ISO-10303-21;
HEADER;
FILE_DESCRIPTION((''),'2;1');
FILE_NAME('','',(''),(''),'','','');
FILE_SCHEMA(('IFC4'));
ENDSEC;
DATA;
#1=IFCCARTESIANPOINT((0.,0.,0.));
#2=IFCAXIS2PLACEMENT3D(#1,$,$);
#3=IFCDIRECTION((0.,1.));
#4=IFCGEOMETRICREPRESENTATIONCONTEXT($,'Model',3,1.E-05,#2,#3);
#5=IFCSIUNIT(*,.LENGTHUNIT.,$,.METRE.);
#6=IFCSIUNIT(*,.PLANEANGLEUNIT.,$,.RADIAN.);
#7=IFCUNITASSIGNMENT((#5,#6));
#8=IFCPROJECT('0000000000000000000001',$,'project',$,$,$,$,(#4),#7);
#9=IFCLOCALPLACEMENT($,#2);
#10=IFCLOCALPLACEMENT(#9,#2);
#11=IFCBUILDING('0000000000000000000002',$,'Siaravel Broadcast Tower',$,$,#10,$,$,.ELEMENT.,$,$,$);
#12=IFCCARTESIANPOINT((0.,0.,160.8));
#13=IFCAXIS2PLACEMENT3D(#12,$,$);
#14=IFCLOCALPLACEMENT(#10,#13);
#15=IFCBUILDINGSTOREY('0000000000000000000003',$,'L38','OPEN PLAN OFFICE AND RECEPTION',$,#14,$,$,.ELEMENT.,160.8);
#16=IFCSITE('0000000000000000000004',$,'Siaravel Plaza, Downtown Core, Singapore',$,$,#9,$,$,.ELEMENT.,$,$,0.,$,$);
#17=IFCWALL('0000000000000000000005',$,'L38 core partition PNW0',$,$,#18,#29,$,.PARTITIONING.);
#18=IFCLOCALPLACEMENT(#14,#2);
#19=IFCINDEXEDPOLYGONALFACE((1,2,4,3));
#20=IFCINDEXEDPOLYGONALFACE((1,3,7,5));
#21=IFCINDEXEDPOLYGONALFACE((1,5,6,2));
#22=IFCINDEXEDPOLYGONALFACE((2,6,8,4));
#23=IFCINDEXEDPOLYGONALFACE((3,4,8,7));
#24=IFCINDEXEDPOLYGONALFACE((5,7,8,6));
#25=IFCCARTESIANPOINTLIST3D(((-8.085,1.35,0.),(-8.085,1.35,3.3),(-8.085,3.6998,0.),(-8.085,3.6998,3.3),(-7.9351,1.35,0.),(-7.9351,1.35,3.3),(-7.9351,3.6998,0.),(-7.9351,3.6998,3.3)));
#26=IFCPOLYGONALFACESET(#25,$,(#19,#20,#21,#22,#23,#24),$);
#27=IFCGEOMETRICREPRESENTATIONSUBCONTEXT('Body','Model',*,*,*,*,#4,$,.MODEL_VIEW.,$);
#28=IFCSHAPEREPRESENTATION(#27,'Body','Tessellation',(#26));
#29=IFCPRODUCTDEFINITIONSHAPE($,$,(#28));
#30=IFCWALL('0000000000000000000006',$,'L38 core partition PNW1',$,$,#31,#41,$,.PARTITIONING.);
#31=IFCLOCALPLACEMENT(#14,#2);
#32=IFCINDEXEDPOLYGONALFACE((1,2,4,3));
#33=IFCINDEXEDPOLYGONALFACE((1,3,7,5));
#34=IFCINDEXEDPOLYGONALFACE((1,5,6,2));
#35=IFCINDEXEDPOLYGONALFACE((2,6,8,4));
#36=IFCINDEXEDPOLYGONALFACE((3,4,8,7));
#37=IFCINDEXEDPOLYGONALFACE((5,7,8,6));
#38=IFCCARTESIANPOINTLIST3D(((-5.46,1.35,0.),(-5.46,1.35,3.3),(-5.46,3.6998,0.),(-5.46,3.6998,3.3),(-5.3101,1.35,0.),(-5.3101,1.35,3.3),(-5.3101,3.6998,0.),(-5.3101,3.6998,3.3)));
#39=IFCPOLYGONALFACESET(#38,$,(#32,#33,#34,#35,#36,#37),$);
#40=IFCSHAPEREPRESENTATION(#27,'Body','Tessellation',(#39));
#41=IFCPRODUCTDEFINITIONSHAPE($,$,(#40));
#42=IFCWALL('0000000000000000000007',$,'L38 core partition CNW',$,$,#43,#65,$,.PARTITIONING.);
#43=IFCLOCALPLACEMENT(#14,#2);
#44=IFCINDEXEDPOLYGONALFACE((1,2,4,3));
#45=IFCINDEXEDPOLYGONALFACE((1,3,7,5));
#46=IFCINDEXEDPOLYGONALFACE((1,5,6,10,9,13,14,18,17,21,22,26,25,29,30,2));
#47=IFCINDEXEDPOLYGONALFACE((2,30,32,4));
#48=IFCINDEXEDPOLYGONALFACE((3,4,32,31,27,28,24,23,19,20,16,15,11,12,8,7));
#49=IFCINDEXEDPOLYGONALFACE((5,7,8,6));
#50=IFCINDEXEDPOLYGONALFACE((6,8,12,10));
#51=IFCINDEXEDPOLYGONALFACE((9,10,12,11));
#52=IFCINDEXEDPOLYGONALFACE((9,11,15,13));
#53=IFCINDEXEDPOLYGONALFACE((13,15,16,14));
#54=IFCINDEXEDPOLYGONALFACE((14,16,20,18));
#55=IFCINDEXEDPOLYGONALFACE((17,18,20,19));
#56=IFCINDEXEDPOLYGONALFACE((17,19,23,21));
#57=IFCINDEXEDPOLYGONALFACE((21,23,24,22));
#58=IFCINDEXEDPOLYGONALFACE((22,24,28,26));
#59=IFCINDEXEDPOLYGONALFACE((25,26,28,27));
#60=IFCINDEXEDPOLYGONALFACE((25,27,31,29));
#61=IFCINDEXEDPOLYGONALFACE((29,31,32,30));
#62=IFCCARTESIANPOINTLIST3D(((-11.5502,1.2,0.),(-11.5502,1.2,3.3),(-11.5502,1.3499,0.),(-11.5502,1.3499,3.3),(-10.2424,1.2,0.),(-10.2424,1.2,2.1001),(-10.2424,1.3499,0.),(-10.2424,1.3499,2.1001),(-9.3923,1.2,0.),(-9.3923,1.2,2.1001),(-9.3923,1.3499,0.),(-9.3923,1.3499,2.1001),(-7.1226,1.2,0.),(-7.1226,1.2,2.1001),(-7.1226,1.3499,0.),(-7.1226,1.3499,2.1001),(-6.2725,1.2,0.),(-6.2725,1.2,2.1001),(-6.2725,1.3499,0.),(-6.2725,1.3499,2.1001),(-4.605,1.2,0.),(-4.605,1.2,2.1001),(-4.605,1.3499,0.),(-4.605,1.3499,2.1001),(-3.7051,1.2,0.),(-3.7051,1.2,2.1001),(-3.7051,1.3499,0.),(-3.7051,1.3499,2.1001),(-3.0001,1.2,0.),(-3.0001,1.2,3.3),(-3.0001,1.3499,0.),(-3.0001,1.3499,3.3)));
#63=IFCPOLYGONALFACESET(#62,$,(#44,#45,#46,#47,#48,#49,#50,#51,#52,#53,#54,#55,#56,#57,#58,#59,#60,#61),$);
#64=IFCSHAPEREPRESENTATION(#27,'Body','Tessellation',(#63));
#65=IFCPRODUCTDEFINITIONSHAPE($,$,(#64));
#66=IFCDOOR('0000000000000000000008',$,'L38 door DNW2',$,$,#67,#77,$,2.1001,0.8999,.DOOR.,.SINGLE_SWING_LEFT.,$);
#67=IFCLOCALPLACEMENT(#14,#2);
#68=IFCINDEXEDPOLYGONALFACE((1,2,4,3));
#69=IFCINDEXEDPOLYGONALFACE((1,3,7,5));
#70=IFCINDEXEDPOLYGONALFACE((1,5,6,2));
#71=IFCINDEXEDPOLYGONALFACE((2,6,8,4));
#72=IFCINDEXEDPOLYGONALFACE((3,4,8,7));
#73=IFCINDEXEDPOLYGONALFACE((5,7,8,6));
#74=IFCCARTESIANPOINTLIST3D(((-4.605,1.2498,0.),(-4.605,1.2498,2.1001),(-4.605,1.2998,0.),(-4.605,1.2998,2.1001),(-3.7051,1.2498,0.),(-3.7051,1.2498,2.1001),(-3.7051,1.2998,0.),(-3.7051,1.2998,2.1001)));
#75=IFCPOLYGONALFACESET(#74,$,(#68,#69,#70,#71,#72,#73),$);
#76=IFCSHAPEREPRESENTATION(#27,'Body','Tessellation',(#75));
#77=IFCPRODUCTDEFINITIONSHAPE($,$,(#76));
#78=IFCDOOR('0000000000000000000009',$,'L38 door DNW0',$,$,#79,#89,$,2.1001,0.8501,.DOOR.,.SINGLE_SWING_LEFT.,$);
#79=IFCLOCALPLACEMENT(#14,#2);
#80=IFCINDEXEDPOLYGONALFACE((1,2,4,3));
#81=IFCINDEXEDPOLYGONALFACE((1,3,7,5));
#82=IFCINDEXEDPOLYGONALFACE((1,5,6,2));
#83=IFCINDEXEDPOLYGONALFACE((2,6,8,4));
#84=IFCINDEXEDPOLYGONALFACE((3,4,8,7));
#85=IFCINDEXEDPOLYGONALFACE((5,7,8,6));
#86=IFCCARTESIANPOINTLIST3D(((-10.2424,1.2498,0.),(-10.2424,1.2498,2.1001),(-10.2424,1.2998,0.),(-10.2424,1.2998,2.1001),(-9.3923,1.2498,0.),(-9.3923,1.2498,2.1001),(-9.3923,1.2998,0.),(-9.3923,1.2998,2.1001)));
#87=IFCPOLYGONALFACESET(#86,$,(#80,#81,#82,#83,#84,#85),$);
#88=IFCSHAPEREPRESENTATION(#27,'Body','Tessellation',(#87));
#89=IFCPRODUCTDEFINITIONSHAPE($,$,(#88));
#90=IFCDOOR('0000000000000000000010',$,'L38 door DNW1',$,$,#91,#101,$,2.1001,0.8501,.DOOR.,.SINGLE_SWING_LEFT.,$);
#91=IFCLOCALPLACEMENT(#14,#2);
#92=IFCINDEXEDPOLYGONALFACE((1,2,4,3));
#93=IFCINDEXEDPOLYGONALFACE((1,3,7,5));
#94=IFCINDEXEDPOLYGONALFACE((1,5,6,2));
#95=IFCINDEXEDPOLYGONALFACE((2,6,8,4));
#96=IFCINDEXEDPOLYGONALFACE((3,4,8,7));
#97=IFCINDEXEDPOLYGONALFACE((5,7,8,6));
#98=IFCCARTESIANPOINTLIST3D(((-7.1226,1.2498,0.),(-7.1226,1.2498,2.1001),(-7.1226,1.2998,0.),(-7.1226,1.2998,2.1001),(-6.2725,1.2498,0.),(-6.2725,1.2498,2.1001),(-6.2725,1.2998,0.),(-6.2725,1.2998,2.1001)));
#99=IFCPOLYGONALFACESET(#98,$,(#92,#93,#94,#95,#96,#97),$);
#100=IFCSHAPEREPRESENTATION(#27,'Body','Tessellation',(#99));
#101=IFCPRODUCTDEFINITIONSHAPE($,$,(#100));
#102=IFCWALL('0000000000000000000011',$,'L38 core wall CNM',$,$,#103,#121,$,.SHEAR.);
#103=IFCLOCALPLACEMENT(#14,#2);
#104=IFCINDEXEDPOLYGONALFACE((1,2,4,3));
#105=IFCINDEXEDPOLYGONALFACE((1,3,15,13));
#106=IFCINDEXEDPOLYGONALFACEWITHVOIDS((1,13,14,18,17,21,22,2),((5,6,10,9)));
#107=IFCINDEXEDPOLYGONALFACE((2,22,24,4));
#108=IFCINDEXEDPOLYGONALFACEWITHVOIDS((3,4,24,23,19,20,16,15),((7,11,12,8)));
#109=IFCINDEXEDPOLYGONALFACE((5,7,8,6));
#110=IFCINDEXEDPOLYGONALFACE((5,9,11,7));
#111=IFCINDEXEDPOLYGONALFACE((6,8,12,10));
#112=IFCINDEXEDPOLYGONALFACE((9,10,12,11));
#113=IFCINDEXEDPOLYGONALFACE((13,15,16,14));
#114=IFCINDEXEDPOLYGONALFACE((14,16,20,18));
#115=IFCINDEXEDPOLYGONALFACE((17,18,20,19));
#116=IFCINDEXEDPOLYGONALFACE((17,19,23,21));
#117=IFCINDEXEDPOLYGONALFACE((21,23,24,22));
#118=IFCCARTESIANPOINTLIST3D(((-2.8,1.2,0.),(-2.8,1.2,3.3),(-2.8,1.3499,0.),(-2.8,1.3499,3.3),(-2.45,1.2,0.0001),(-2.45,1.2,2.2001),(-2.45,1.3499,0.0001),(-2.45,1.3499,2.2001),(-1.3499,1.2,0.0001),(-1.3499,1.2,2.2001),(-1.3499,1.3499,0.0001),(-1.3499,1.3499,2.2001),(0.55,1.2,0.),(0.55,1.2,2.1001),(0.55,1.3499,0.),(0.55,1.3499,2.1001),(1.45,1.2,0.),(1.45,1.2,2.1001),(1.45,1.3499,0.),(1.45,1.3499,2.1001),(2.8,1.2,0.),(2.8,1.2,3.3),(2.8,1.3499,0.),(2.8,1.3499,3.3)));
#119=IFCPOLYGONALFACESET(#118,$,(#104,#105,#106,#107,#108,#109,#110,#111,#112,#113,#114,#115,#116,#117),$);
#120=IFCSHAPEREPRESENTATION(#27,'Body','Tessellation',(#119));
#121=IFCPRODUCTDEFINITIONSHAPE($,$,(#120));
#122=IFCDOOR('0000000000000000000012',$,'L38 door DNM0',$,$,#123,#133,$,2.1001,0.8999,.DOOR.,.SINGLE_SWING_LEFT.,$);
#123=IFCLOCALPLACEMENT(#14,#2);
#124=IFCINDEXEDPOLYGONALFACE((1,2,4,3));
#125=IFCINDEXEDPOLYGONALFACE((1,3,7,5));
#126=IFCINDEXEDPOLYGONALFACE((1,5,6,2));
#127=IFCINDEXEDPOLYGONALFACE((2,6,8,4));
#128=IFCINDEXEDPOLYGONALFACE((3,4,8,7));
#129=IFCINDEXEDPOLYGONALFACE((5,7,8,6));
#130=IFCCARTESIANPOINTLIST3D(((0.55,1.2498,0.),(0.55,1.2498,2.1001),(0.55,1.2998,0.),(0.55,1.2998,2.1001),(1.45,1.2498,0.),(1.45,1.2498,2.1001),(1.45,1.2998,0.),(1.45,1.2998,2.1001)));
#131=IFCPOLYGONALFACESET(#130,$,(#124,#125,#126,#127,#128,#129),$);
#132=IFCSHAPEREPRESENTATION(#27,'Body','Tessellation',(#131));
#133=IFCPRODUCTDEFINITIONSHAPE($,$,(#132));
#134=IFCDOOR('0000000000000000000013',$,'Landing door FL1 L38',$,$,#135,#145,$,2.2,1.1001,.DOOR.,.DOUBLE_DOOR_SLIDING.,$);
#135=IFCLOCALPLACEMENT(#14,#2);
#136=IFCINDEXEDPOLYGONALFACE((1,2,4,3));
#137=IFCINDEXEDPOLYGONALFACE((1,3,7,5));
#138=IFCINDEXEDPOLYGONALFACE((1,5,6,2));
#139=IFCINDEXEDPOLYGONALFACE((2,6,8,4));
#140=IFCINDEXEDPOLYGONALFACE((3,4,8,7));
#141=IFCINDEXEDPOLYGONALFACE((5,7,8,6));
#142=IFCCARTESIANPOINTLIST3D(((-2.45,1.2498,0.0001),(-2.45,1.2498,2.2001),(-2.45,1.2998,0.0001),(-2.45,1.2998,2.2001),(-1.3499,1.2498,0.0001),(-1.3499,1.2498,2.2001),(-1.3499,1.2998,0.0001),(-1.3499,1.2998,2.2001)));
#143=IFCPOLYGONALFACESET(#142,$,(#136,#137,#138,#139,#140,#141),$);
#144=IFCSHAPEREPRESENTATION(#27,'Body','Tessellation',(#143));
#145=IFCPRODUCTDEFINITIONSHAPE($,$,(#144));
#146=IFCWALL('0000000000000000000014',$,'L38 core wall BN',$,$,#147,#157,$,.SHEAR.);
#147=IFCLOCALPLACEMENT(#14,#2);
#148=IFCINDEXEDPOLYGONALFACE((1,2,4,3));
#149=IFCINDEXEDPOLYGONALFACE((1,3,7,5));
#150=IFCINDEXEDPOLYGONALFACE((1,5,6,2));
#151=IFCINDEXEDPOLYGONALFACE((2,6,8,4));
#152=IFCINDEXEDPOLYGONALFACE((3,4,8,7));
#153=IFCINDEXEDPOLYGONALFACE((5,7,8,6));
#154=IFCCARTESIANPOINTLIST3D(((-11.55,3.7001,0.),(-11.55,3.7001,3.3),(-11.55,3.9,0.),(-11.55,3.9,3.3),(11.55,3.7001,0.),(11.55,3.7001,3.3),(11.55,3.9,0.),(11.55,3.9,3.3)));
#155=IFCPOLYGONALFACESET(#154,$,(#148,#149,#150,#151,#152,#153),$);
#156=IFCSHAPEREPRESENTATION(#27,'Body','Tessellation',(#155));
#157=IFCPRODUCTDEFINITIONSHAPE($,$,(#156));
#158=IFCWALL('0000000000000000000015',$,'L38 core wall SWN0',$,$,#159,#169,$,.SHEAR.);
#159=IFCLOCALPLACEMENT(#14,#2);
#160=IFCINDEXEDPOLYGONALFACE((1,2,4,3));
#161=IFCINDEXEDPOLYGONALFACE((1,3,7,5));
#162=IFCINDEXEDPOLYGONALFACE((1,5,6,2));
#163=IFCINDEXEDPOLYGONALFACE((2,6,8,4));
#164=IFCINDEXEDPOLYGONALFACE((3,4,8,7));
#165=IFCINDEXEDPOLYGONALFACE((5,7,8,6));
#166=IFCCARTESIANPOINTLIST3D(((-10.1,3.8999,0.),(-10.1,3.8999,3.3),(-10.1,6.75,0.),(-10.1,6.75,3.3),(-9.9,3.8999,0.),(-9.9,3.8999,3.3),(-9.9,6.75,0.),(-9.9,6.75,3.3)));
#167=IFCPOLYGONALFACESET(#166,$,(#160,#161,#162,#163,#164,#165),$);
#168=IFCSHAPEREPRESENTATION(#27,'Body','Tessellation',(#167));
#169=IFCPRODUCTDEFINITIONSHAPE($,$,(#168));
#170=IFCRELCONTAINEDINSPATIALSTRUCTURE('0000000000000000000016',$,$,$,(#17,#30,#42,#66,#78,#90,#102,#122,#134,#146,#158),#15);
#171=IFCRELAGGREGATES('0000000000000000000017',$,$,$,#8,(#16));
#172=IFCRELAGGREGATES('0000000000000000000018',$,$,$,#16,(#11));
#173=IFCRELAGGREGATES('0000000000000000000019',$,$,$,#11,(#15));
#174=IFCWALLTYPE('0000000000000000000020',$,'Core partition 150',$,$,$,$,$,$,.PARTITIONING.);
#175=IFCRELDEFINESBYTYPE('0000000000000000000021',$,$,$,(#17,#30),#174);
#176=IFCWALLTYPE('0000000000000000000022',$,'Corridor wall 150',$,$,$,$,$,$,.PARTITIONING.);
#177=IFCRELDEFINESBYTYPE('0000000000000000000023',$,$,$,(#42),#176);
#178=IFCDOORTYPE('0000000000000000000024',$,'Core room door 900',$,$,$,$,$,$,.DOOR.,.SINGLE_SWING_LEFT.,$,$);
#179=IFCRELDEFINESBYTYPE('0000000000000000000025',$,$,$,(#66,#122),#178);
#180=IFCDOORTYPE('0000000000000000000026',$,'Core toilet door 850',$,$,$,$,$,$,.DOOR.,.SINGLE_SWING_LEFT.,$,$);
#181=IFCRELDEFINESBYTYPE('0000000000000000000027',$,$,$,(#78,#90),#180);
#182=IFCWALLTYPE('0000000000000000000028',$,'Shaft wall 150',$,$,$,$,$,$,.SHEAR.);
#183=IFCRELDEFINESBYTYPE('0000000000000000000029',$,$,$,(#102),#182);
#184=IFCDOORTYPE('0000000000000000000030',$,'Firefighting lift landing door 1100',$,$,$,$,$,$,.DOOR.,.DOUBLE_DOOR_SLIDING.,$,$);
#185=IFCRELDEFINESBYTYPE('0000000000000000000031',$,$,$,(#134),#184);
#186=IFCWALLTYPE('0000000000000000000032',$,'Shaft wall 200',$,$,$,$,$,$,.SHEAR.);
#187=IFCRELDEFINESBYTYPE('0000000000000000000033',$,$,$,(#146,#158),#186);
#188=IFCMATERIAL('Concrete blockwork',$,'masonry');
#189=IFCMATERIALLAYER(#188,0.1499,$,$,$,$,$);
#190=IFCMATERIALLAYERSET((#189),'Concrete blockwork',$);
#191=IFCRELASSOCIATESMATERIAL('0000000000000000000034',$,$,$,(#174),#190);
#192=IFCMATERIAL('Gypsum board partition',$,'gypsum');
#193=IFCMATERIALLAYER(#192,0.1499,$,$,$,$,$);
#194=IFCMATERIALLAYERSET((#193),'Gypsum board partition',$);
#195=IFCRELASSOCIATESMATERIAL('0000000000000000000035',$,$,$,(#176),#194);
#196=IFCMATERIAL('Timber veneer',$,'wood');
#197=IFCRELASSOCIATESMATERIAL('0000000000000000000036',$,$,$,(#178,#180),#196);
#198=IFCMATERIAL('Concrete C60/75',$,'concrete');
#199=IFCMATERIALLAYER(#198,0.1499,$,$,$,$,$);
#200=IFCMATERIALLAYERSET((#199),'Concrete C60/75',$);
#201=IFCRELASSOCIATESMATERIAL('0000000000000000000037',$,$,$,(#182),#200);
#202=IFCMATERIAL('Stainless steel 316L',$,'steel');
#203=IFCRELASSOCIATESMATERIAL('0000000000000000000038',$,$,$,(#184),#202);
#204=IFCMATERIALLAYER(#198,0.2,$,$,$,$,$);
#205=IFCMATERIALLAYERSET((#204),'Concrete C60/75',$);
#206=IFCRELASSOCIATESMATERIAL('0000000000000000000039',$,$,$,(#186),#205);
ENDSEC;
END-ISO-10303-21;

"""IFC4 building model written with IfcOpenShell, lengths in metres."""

from ifc_helpers import new_model, si_unit, direction, frame, frame_2d, origin, place, context, subcontext, project, spatial, rectangle, extrude, material, layer, layer_set, type_object, element, fill, save


model = new_model("IFC4")

# Units and contexts
model_context = context("Model", 3, precision=1e-05, world=origin(), true_north=direction((0.0, 1.0)))
body_context = subcontext(model_context, "Body", "Model", "MODEL_VIEW")
ifc_project = project(units=[si_unit("LENGTHUNIT", "METRE"), si_unit("PLANEANGLEUNIT", "RADIAN")], contexts=[model_context])

# Site, building, storey
site_placement = place(None, origin())
site = spatial("IfcSite", under=ifc_project, at=site_placement, Name="Siaravel Plaza, Downtown Core, Singapore", CompositionType="ELEMENT", RefElevation=0.0)
building_placement = place(site_placement, origin())
building = spatial("IfcBuilding", under=site, at=building_placement, Name="Siaravel Broadcast Tower", CompositionType="ELEMENT")
storey_placement = place(building_placement, frame((0.0, 0.0, 160.8)))
storey = spatial("IfcBuildingStorey", under=building, at=storey_placement, Name="L38", Description="OPEN PLAN OFFICE AND RECEPTION", CompositionType="ELEMENT", Elevation=160.8)

# Walls
ifc_material_1 = material(Name="Concrete blockwork", Category="masonry")
ifc_layer_1 = layer(ifc_material_1, 0.1499)
ifc_layer_set_1 = layer_set([ifc_layer_1], Name="Concrete blockwork")
wall_type_1 = type_object("IfcWallType", Name="Core partition 150", PredefinedType="PARTITIONING", material=ifc_layer_set_1)
for number, where, z_axis, x_axis, name in (
    (1, (-8.01, 1.3501, 0.0), (0.0, 0.0, 1.0), (0.0, 1.0, 0.0), "L38 core partition PNW0"),
    (2, (-5.385, 1.3501, 0.0), (0.0, 0.0, 1.0), (0.0, 1.0, 0.0), "L38 core partition PNW1"),
):
    element("IfcWall", number, at=place(storey_placement, frame(where, z_axis=z_axis, x_axis=x_axis)), inside=storey, type_object=wall_type_1, Name=name, PredefinedType="PARTITIONING", context=body_context, shape_type="SweptSolid", body=[
        extrude(rectangle(XDim=2.3499, YDim=0.1499, at=frame_2d((1.1748, 0.0))), origin(), (0.0, 0.0, 1.0), 3.3),
    ])

# Walls, openings, doors
ifc_material_2 = material(Name="Gypsum board partition", Category="gypsum")
ifc_layer_2 = layer(ifc_material_2, 0.1499)
ifc_layer_set_2 = layer_set([ifc_layer_2], Name="Gypsum board partition")
wall_type_2 = type_object("IfcWallType", Name="Corridor wall 150", PredefinedType="PARTITIONING", material=ifc_layer_set_2)
wall_1_placement = place(storey_placement, frame((-11.55, 1.2749, 0.0), z_axis=(0.0, 0.0, 1.0), x_axis=(1.0, 0.0, 0.0)))
wall_1 = element("IfcWall", 3, at=wall_1_placement, inside=storey, type_object=wall_type_2, Name="L38 core partition CNW", PredefinedType="PARTITIONING", context=body_context, shape_type="SweptSolid", body=[
    extrude(rectangle(XDim=8.55, YDim=0.1499, at=frame_2d((4.2749, 0.0))), origin(), (0.0, 0.0, 1.0), 3.3),
])
opening_1_placement = place(wall_1_placement, frame((1.3076, 0.0, 0.0)))
opening_1 = element("IfcOpeningElement", 4, at=opening_1_placement, cuts=wall_1, PredefinedType="OPENING", context=body_context, shape_type="SweptSolid", body=[
    extrude(rectangle(XDim=0.8501, YDim=2.1001, at=frame_2d((0.425, 1.05))), frame((0.0, 0.085, 0.0), z_axis=(0.0, -1.0, 0.0), x_axis=(1.0, 0.0, 0.0)), (0.0, 0.0, 1.0), 0.1699),
])
opening_2_placement = place(wall_1_placement, frame((4.4275, 0.0, 0.0)))
opening_2 = element("IfcOpeningElement", 5, at=opening_2_placement, cuts=wall_1, PredefinedType="OPENING", context=body_context, shape_type="SweptSolid", body=[
    extrude(rectangle(XDim=0.8501, YDim=2.1001, at=frame_2d((0.425, 1.05))), frame((0.0, 0.085, 0.0), z_axis=(0.0, -1.0, 0.0), x_axis=(1.0, 0.0, 0.0)), (0.0, 0.0, 1.0), 0.1699),
])
opening_3_placement = place(wall_1_placement, frame((6.9451, 0.0, 0.0)))
opening_3 = element("IfcOpeningElement", 6, at=opening_3_placement, cuts=wall_1, PredefinedType="OPENING", context=body_context, shape_type="SweptSolid", body=[
    extrude(rectangle(XDim=0.8999, YDim=2.1001, at=frame_2d((0.45, 1.05))), frame((0.0, 0.085, 0.0), z_axis=(0.0, -1.0, 0.0), x_axis=(1.0, 0.0, 0.0)), (0.0, 0.0, 1.0), 0.1699),
])
ifc_material_3 = material(Name="Timber veneer", Category="wood")
door_type_1 = type_object("IfcDoorType", Name="Core room door 900", OperationType="SINGLE_SWING_LEFT", PredefinedType="DOOR", material=ifc_material_3)
door_1_placement = place(opening_3_placement, origin())
door_1 = element("IfcDoor", 7, at=door_1_placement, inside=storey, type_object=door_type_1, Name="L38 door DNW2", OperationType="SINGLE_SWING_LEFT", OverallHeight=2.1001, OverallWidth=0.8999, PredefinedType="DOOR", context=body_context, shape_type="SweptSolid", body=[
    extrude(rectangle(XDim=0.8999, YDim=2.1001, at=frame_2d((0.45, 1.05))), frame((0.0, 0.0249, 0.0), z_axis=(0.0, -1.0, 0.0), x_axis=(1.0, 0.0, 0.0)), (0.0, 0.0, 1.0), 0.05),
])
fill(opening_3, door_1)
door_type_2 = type_object("IfcDoorType", Name="Core toilet door 850", OperationType="SINGLE_SWING_LEFT", PredefinedType="DOOR", material=ifc_material_3)
door_2_placement = place(opening_1_placement, origin())
door_2 = element("IfcDoor", 8, at=door_2_placement, inside=storey, type_object=door_type_2, Name="L38 door DNW0", OperationType="SINGLE_SWING_LEFT", OverallHeight=2.1001, OverallWidth=0.8501, PredefinedType="DOOR", context=body_context, shape_type="SweptSolid", body=[
    extrude(rectangle(XDim=0.8501, YDim=2.1001, at=frame_2d((0.425, 1.05))), frame((0.0, 0.0249, 0.0), z_axis=(0.0, -1.0, 0.0), x_axis=(1.0, 0.0, 0.0)), (0.0, 0.0, 1.0), 0.05),
])
fill(opening_1, door_2)
door_3_placement = place(opening_2_placement, origin())
door_3 = element("IfcDoor", 9, at=door_3_placement, inside=storey, type_object=door_type_2, Name="L38 door DNW1", OperationType="SINGLE_SWING_LEFT", OverallHeight=2.1001, OverallWidth=0.8501, PredefinedType="DOOR", context=body_context, shape_type="SweptSolid", body=[
    extrude(rectangle(XDim=0.8501, YDim=2.1001, at=frame_2d((0.425, 1.05))), frame((0.0, 0.0249, 0.0), z_axis=(0.0, -1.0, 0.0), x_axis=(1.0, 0.0, 0.0)), (0.0, 0.0, 1.0), 0.05),
])
fill(opening_2, door_3)
ifc_material_4 = material(Name="Concrete C60/75", Category="concrete")
ifc_layer_3 = layer(ifc_material_4, 0.1499)
ifc_layer_set_3 = layer_set([ifc_layer_3], Name="Concrete C60/75")
wall_type_3 = type_object("IfcWallType", Name="Shaft wall 150", PredefinedType="SHEAR", material=ifc_layer_set_3)
wall_2_placement = place(storey_placement, frame((-2.8, 1.2749, 0.0), z_axis=(0.0, 0.0, 1.0), x_axis=(1.0, 0.0, 0.0)))
wall_2 = element("IfcWall", 10, at=wall_2_placement, inside=storey, type_object=wall_type_3, Name="L38 core wall CNM", PredefinedType="SHEAR", context=body_context, shape_type="SweptSolid", body=[
    extrude(rectangle(XDim=5.6001, YDim=0.1499, at=frame_2d((2.8, 0.0))), origin(), (0.0, 0.0, 1.0), 3.3),
])
opening_4_placement = place(wall_2_placement, frame((0.3501, 0.0, 0.0)))
opening_4 = element("IfcOpeningElement", 11, at=opening_4_placement, cuts=wall_2, PredefinedType="OPENING", context=body_context, shape_type="SweptSolid", body=[
    extrude(rectangle(XDim=1.1001, YDim=2.2, at=frame_2d((0.55, 1.1001))), frame((0.0, 0.085, 0.0), z_axis=(0.0, -1.0, 0.0), x_axis=(1.0, 0.0, 0.0)), (0.0, 0.0, 1.0), 0.1699),
])
opening_5_placement = place(wall_2_placement, frame((3.3501, 0.0, 0.0)))
opening_5 = element("IfcOpeningElement", 12, at=opening_5_placement, cuts=wall_2, PredefinedType="OPENING", context=body_context, shape_type="SweptSolid", body=[
    extrude(rectangle(XDim=0.8999, YDim=2.1001, at=frame_2d((0.45, 1.05))), frame((0.0, 0.085, 0.0), z_axis=(0.0, -1.0, 0.0), x_axis=(1.0, 0.0, 0.0)), (0.0, 0.0, 1.0), 0.1699),
])
door_4_placement = place(opening_5_placement, origin())
door_4 = element("IfcDoor", 13, at=door_4_placement, inside=storey, type_object=door_type_1, Name="L38 door DNM0", OperationType="SINGLE_SWING_LEFT", OverallHeight=2.1001, OverallWidth=0.8999, PredefinedType="DOOR", context=body_context, shape_type="SweptSolid", body=[
    extrude(rectangle(XDim=0.8999, YDim=2.1001, at=frame_2d((0.45, 1.05))), frame((0.0, 0.0249, 0.0), z_axis=(0.0, -1.0, 0.0), x_axis=(1.0, 0.0, 0.0)), (0.0, 0.0, 1.0), 0.05),
])
fill(opening_5, door_4)
ifc_material_5 = material(Name="Stainless steel 316L", Category="steel")
door_type_3 = type_object("IfcDoorType", Name="Firefighting lift landing door 1100", OperationType="DOUBLE_DOOR_SLIDING", PredefinedType="DOOR", material=ifc_material_5)
door_5_placement = place(opening_4_placement, origin())
door_5 = element("IfcDoor", 14, at=door_5_placement, inside=storey, type_object=door_type_3, Name="Landing door FL1 L38", OperationType="DOUBLE_DOOR_SLIDING", OverallHeight=2.2, OverallWidth=1.1001, PredefinedType="DOOR", context=body_context, shape_type="SweptSolid", body=[
    extrude(rectangle(XDim=1.1001, YDim=2.2, at=frame_2d((0.55, 1.1001))), frame((0.0, 0.0249, 0.0), z_axis=(0.0, -1.0, 0.0), x_axis=(1.0, 0.0, 0.0)), (0.0, 0.0, 1.0), 0.05),
])
fill(opening_4, door_5)

# Walls
ifc_layer_4 = layer(ifc_material_4, 0.2)
ifc_layer_set_4 = layer_set([ifc_layer_4], Name="Concrete C60/75")
wall_type_4 = type_object("IfcWallType", Name="Shaft wall 200", PredefinedType="SHEAR", material=ifc_layer_set_4)
wall_3_placement = place(storey_placement, frame((-11.55, 3.8, 0.0), z_axis=(0.0, 0.0, 1.0), x_axis=(1.0, 0.0, 0.0)))
element("IfcWall", 15, at=wall_3_placement, inside=storey, type_object=wall_type_4, Name="L38 core wall BN", PredefinedType="SHEAR", context=body_context, shape_type="SweptSolid", body=[
    extrude(rectangle(XDim=23.1001, YDim=0.2, at=frame_2d((11.55, 0.0))), origin(), (0.0, 0.0, 1.0), 3.3),
])
for number, where, z_axis, x_axis, name in (
    (16, (-10.0, 3.8999, 0.0), (0.0, 0.0, 1.0), (0.0, 1.0, 0.0), "L38 core wall SWN0"),
):
    element("IfcWall", number, at=place(storey_placement, frame(where, z_axis=z_axis, x_axis=x_axis)), inside=storey, type_object=wall_type_4, Name=name, PredefinedType="SHEAR", context=body_context, shape_type="SweptSolid", body=[
        extrude(rectangle(XDim=2.8501, YDim=0.2, at=frame_2d((1.425, 0.0))), origin(), (0.0, 0.0, 1.0), 3.3),
    ])

save(model, "model.ifc")
